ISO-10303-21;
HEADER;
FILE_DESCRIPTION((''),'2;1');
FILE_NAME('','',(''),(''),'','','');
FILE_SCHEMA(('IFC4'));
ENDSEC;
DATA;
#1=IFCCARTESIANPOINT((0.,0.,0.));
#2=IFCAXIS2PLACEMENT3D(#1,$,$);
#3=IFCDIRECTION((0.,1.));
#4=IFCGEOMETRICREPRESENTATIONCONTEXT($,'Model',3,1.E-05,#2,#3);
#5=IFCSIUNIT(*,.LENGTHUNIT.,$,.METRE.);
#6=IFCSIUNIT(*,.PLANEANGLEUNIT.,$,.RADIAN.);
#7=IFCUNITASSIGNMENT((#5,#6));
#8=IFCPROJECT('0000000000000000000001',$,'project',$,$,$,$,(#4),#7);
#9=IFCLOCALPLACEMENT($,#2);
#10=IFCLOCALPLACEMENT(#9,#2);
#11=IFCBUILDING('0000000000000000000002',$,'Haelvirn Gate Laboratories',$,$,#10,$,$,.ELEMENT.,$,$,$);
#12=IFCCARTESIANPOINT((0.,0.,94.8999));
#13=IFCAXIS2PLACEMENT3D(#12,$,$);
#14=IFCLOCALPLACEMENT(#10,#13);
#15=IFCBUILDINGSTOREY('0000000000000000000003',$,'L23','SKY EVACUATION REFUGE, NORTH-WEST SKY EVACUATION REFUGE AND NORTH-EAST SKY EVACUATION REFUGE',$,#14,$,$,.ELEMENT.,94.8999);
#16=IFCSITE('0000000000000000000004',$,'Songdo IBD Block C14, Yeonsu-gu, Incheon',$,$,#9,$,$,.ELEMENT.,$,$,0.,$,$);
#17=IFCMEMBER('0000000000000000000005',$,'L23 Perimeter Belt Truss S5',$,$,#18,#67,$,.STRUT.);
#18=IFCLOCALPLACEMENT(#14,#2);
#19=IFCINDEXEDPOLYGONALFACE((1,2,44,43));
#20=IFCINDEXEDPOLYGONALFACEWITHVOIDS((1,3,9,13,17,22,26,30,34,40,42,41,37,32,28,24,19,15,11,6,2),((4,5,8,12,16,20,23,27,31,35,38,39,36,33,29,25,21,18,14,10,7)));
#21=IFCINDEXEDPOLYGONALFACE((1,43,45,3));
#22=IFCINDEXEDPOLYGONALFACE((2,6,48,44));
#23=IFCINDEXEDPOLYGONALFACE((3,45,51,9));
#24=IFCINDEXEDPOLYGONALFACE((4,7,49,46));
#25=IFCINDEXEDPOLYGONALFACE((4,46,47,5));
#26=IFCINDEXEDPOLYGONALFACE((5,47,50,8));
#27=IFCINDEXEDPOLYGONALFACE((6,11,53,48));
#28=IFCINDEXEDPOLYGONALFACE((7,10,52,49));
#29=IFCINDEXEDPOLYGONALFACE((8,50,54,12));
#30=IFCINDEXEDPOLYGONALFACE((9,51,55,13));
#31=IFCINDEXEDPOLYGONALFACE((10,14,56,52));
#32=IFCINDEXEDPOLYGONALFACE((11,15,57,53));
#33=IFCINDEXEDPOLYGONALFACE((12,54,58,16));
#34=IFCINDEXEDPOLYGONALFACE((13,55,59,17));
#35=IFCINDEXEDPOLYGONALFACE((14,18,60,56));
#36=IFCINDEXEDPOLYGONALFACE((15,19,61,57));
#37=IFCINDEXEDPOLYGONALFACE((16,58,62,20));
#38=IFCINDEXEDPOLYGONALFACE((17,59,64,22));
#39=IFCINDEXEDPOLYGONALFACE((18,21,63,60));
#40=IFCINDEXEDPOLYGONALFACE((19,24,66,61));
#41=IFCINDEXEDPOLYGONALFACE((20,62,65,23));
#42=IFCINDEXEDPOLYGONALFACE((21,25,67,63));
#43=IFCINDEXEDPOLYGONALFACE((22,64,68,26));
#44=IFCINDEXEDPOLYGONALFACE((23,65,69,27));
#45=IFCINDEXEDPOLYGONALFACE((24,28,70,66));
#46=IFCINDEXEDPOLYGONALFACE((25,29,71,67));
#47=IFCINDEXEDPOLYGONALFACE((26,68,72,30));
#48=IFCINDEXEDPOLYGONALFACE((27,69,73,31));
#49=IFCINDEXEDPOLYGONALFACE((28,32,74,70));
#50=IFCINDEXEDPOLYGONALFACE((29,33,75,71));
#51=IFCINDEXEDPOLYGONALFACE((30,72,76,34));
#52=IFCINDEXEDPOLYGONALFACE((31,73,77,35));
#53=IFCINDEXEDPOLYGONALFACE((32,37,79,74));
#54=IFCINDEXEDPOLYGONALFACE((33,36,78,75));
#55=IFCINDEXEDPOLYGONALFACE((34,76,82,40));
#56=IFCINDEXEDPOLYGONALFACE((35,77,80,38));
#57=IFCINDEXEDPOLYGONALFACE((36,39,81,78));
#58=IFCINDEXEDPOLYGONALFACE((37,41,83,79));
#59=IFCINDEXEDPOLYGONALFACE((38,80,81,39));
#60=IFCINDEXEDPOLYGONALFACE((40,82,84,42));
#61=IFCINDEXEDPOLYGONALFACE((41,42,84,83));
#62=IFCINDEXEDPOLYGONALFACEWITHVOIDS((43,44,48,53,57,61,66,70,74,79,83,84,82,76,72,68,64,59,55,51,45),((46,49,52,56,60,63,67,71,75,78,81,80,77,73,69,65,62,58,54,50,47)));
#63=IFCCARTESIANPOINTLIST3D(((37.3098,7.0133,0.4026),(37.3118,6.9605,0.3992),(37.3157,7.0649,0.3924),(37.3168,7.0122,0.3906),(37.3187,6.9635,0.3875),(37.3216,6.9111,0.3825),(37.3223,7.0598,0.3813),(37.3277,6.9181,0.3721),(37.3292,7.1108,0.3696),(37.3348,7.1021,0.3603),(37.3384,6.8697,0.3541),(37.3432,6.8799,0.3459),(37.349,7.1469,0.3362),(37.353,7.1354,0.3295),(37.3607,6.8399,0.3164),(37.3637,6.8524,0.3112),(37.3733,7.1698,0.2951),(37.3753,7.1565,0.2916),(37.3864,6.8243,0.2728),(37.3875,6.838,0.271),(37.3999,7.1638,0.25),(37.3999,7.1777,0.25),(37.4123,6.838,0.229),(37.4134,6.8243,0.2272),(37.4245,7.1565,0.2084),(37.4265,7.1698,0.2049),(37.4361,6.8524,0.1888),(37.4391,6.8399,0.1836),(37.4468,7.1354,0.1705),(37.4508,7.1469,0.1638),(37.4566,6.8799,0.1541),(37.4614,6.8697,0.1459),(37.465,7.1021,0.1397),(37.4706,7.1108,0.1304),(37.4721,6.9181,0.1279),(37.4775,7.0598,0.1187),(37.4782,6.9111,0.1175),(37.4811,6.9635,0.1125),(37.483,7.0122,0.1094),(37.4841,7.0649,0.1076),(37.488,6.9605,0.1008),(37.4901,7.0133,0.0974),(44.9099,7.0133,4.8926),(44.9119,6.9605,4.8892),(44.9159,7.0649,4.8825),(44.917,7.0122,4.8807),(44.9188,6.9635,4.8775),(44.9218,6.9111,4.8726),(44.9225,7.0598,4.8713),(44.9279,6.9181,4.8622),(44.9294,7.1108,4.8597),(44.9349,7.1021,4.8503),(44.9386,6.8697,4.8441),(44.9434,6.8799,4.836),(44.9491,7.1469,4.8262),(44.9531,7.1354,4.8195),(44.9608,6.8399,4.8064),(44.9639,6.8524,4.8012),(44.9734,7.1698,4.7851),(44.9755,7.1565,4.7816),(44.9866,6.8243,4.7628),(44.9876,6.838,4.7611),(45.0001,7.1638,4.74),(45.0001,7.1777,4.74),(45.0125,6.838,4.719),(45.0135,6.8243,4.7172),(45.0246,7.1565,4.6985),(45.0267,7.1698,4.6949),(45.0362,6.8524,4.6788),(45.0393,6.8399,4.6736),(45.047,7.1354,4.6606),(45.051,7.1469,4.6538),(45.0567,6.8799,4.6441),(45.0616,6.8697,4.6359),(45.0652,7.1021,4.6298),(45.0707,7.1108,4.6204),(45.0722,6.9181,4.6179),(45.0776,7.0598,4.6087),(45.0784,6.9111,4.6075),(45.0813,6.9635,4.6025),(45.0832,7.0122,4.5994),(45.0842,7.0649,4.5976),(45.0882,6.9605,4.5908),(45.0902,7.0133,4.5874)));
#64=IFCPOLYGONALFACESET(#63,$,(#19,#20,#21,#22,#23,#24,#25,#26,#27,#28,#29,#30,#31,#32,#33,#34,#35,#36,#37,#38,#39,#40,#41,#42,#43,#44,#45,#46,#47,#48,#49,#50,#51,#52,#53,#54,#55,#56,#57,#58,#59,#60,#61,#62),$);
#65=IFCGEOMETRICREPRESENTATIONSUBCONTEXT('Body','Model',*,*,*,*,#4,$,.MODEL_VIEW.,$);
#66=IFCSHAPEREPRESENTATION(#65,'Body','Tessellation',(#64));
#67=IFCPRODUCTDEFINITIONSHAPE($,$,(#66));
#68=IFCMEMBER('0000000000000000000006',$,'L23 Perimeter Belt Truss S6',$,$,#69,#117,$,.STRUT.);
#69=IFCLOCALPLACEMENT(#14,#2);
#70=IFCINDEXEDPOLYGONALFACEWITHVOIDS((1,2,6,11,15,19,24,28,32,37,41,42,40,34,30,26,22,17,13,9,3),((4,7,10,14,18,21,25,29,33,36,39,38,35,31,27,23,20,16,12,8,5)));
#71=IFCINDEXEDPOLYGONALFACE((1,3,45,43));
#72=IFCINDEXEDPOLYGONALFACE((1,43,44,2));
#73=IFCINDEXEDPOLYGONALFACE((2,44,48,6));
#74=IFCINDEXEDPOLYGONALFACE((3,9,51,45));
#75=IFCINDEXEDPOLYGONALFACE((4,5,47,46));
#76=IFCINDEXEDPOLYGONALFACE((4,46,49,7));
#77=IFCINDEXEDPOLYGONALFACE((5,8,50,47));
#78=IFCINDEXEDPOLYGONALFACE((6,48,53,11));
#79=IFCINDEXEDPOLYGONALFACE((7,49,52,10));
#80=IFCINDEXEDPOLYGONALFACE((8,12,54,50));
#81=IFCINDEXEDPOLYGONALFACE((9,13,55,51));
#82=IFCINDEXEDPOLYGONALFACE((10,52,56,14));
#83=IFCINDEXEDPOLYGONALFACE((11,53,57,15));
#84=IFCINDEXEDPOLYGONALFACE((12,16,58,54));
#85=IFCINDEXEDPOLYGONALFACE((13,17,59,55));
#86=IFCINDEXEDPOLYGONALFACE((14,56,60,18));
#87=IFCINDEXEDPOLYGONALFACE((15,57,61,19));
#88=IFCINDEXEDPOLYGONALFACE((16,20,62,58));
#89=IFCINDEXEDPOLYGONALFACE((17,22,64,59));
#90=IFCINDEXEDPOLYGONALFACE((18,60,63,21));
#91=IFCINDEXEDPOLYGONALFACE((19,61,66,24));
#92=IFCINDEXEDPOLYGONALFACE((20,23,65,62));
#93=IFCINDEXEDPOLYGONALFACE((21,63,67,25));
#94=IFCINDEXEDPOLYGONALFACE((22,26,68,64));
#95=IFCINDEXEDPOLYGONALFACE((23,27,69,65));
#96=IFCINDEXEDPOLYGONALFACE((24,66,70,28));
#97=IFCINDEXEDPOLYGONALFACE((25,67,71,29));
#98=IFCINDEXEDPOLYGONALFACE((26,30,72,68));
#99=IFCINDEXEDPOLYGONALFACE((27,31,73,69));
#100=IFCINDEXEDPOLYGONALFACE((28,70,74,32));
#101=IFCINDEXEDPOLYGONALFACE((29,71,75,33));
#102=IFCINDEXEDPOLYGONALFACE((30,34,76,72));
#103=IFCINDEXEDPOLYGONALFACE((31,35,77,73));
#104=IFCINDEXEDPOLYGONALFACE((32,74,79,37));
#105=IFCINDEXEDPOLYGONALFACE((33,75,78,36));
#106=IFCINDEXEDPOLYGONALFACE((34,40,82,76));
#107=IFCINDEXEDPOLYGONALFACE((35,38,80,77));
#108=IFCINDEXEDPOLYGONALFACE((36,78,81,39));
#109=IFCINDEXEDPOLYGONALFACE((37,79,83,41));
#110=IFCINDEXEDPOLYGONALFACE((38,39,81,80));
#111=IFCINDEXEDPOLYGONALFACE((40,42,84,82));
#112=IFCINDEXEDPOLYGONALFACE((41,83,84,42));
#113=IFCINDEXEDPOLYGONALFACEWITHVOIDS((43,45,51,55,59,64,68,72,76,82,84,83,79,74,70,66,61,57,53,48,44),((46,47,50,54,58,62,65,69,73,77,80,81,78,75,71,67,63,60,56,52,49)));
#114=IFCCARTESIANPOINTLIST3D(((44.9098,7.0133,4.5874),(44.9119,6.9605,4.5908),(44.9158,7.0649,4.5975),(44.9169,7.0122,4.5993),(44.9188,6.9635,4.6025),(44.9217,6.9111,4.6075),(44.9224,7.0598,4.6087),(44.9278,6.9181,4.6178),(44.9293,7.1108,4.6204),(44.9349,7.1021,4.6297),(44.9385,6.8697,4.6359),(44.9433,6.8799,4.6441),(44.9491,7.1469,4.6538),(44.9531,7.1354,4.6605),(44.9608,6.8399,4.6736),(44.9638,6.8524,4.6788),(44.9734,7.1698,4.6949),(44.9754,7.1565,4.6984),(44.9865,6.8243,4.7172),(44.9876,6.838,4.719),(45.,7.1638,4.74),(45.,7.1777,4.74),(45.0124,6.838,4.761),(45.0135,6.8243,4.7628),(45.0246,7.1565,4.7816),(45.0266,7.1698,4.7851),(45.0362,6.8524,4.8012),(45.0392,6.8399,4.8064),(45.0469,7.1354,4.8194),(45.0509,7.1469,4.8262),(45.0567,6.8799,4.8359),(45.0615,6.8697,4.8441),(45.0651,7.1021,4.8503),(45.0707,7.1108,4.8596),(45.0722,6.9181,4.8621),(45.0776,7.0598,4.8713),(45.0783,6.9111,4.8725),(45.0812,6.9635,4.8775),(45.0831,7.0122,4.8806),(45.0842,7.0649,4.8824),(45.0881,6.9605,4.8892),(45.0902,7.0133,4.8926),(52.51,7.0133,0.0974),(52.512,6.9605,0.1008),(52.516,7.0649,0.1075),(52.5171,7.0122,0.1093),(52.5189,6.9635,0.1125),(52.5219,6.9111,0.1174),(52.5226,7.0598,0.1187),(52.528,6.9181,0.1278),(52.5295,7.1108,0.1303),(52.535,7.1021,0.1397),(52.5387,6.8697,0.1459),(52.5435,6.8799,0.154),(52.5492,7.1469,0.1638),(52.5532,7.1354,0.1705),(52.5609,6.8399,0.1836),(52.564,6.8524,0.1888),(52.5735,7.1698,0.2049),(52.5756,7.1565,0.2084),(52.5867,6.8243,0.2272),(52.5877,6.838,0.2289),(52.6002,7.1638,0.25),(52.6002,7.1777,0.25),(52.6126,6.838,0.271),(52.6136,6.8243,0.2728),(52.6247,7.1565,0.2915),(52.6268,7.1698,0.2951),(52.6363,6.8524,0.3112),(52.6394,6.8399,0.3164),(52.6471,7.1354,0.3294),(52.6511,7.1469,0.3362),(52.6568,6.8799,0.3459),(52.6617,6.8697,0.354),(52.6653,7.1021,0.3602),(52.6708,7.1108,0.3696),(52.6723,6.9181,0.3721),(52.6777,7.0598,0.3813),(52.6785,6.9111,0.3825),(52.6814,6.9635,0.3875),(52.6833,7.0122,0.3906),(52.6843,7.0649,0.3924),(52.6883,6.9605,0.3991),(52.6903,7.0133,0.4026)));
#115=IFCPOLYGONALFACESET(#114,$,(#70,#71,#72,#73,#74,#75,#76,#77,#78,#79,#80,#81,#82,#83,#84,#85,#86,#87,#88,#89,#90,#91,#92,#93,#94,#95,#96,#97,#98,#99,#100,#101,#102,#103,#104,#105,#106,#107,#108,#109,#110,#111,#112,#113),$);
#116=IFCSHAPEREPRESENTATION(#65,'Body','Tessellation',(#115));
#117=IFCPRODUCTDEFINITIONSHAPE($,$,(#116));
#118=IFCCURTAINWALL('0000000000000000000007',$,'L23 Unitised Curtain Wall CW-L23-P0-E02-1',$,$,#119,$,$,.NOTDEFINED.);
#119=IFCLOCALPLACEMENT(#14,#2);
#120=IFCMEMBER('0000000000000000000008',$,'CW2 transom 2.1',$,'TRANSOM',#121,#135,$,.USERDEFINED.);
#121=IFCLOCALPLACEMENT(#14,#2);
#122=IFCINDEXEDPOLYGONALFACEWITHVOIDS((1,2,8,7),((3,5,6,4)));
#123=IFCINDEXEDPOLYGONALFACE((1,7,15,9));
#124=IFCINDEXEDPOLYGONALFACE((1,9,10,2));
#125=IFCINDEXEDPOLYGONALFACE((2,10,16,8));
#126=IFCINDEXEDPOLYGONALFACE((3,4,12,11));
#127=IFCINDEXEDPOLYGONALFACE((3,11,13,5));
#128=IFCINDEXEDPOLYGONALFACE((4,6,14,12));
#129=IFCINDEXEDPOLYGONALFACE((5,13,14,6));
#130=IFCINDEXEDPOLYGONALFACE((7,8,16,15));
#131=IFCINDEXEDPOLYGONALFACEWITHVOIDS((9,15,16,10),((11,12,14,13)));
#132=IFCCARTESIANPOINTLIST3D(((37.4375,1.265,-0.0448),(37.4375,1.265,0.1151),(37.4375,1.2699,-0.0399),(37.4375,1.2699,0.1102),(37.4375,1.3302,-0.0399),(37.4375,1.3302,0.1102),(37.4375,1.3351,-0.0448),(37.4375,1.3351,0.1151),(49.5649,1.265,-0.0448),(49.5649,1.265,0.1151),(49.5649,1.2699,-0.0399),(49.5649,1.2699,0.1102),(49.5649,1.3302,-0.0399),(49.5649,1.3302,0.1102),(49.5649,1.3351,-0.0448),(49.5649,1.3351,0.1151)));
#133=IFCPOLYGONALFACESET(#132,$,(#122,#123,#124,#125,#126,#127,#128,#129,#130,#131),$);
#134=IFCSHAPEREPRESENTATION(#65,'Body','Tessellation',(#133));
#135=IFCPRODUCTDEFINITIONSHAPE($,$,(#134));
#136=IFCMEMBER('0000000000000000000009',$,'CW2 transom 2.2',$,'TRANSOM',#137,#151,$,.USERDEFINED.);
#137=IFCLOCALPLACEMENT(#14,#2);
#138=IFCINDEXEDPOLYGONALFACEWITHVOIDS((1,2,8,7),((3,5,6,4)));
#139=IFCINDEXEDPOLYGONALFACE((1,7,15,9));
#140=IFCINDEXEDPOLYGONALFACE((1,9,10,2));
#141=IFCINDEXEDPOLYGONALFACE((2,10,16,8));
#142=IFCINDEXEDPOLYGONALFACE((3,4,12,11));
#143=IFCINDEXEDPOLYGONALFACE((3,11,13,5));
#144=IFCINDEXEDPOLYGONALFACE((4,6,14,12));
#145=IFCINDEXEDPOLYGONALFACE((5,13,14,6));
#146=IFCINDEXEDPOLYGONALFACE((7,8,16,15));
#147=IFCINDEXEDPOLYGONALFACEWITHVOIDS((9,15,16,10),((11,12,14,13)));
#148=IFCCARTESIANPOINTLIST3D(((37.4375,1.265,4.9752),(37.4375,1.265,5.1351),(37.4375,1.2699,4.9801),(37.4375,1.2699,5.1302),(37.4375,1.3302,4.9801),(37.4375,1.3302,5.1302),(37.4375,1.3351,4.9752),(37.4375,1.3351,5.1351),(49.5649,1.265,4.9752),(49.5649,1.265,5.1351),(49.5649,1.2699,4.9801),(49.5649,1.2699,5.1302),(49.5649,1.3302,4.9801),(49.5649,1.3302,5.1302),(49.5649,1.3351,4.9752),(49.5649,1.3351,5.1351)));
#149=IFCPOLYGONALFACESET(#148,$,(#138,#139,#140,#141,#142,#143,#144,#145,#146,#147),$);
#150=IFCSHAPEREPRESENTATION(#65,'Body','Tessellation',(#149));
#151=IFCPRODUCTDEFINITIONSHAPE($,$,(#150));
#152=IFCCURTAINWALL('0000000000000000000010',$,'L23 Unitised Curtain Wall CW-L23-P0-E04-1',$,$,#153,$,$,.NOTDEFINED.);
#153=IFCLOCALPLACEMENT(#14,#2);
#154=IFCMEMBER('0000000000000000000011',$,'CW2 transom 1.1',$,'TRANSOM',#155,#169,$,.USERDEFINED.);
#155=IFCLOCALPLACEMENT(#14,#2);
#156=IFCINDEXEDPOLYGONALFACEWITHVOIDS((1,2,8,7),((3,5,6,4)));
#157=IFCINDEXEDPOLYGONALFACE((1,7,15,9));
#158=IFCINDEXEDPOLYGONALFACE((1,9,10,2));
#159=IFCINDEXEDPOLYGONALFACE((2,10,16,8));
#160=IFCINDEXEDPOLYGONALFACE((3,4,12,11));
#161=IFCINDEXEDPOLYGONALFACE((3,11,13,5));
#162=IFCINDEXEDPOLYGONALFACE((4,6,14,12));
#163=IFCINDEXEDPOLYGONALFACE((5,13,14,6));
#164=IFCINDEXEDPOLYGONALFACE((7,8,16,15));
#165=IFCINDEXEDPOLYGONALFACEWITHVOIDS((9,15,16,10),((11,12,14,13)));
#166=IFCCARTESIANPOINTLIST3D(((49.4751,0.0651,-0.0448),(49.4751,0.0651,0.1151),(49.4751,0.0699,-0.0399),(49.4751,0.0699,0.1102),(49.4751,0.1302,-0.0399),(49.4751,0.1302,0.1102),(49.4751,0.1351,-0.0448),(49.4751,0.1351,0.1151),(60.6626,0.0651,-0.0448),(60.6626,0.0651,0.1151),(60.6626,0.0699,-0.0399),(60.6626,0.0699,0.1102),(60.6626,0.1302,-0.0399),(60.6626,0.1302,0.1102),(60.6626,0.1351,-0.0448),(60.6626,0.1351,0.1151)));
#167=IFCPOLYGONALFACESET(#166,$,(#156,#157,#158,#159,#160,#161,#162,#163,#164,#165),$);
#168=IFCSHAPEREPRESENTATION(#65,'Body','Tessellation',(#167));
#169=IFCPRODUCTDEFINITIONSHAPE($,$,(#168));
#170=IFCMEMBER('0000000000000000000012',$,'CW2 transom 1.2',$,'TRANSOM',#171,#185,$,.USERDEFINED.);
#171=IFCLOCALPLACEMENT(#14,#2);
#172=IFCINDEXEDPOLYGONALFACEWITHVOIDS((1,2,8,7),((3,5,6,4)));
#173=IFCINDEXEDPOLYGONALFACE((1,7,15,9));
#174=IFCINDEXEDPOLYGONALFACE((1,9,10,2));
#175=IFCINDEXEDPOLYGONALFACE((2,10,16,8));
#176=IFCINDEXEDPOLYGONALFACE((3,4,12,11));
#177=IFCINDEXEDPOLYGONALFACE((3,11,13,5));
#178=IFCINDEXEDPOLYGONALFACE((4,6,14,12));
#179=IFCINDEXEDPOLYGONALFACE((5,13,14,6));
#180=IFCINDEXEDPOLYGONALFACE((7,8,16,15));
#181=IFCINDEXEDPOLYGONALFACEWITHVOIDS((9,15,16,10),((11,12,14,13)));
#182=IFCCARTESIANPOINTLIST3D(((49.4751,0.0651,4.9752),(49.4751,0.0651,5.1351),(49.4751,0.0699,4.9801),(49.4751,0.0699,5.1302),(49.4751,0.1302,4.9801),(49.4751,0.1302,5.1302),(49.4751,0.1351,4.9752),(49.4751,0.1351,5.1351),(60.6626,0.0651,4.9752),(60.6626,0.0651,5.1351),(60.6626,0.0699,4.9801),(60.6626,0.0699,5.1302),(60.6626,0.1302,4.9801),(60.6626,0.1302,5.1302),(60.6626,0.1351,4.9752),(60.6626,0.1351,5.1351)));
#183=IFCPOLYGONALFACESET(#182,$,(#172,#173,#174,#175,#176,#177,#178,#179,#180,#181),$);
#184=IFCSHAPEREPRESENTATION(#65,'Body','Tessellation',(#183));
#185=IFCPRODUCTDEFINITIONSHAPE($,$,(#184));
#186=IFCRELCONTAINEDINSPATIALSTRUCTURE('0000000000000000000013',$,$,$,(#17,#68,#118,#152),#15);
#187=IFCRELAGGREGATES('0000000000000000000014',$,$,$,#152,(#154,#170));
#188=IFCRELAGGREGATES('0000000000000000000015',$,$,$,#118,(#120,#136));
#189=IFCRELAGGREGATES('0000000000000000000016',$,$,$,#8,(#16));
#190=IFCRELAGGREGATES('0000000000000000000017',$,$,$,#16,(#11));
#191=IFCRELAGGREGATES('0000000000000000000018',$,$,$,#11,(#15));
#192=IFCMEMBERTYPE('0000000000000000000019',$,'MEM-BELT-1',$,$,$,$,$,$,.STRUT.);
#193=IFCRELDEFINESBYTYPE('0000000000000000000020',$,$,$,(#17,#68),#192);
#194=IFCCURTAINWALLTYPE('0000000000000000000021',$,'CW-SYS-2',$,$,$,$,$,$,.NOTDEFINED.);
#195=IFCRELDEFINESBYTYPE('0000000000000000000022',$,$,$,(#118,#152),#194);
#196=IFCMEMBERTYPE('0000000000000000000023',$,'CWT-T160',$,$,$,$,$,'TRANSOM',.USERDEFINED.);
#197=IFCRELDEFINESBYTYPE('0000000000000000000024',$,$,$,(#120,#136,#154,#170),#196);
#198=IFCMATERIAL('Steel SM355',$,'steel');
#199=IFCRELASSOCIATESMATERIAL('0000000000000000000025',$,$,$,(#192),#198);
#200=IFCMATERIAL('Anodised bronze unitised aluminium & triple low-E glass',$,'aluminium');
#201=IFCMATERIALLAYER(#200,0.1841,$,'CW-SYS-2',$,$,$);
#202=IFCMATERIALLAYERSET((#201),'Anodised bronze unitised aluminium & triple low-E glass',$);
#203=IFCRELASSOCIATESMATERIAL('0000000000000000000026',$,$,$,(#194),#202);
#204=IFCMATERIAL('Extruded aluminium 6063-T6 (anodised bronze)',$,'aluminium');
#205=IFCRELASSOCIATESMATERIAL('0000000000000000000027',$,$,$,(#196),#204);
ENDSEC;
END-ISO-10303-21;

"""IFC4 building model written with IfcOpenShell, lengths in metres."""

from ifc_helpers import new_model, si_unit, direction, frame, origin, origin_2d, place, context, subcontext, project, spatial, hollow_rectangle, hollow_circle, extrude, source, transform, mapped, material, layer, layer_set, material_profile, profile_set, type_object, type_shapes, element, aggregate, save


model = new_model("IFC4")

# Units and contexts
model_context = context("Model", 3, precision=1e-05, world=origin(), true_north=direction((0.0, 1.0)))
body_context = subcontext(model_context, "Body", "Model", "MODEL_VIEW")
ifc_project = project(units=[si_unit("LENGTHUNIT", "METRE"), si_unit("PLANEANGLEUNIT", "RADIAN")], contexts=[model_context])

# Site, building, storey
site_placement = place(None, origin())
site = spatial("IfcSite", under=ifc_project, at=site_placement, Name="Songdo IBD Block C14, Yeonsu-gu, Incheon", CompositionType="ELEMENT", RefElevation=0.0)
building_placement = place(site_placement, origin())
building = spatial("IfcBuilding", under=site, at=building_placement, Name="Haelvirn Gate Laboratories", CompositionType="ELEMENT")
storey_placement = place(building_placement, frame((0.0, 0.0, 94.8999)))
storey = spatial("IfcBuildingStorey", under=building, at=storey_placement, Name="L23", Description="SKY EVACUATION REFUGE, NORTH-WEST SKY EVACUATION REFUGE AND NORTH-EAST SKY EVACUATION REFUGE", CompositionType="ELEMENT", Elevation=94.8999)

# Shared definitions
ifc_material_1 = material(Name="Steel SM355", Category="steel")

# Members
ifc_material_profile_1 = material_profile(ifc_material_1, hollow_circle(Radius=0.1777, WallThickness=0.0139, at=origin_2d()), Name="CHS-355x14")
ifc_profile_set_1 = profile_set([ifc_material_profile_1], Name="Steel SM355")
member_type_1 = type_object("IfcMemberType", Name="MEM-BELT-1", PredefinedType="STRUT", material=ifc_profile_set_1)
shared_shape_1 = source(origin(), body_context, "Body", "SweptSolid", [
    extrude(hollow_circle(Radius=0.1777, WallThickness=0.0139, at=origin_2d()), origin(), (0.0, 0.0, 1.0), 8.8274),
])
type_shapes(member_type_1, [shared_shape_1])
for number, where, z_axis, x_axis, name in (
    (1, (37.3999, 7.0, 0.25), (0.860975, 0.0, 0.508647), (0.0, 1.0, 0.0), "L23 Perimeter Belt Truss S5"),
    (2, (45.0, 7.0, 4.74), (0.860975, 0.0, -0.508647), (0.0, 1.0, 0.0), "L23 Perimeter Belt Truss S6"),
):
    element("IfcMember", number, at=place(storey_placement, frame(where, z_axis=z_axis, x_axis=x_axis)), inside=storey, type_object=member_type_1, Name=name, PredefinedType="STRUT", context=body_context, shape_type="MappedRepresentation", body=[
        mapped(shared_shape_1, transform((0.0, 0.0, 0.0), scale=1.0)),
    ])

# Curtain walls, members
ifc_material_2 = material(Name="Anodised bronze unitised aluminium & triple low-E glass", Category="aluminium")
ifc_layer_1 = layer(ifc_material_2, 0.1841, Name="CW-SYS-2")
ifc_layer_set_1 = layer_set([ifc_layer_1], Name="Anodised bronze unitised aluminium & triple low-E glass")
curtain_wall_type = type_object("IfcCurtainWallType", Name="CW-SYS-2", PredefinedType="NOTDEFINED", material=ifc_layer_set_1)
curtain_wall_1_placement = place(storey_placement, origin())
curtain_wall_1 = element("IfcCurtainWall", 3, at=curtain_wall_1_placement, inside=storey, type_object=curtain_wall_type, Name="L23 Unitised Curtain Wall CW-L23-P0-E02-1", PredefinedType="NOTDEFINED")
ifc_material_3 = material(Name="Extruded aluminium 6063-T6 (anodised bronze)", Category="aluminium")
ifc_material_profile_2 = material_profile(ifc_material_3, hollow_rectangle(XDim=0.0701, YDim=0.1599, WallThickness=0.0049, at=origin_2d()), Name="CWT-160x70x5")
ifc_profile_set_2 = profile_set([ifc_material_profile_2], Name="Extruded aluminium 6063-T6 (anodised bronze)")
member_type_2 = type_object("IfcMemberType", Name="CWT-T160", ElementType="TRANSOM", PredefinedType="USERDEFINED", material=ifc_profile_set_2)
shared_shape_2 = source(origin(), body_context, "Body", "SweptSolid", [
    extrude(hollow_rectangle(XDim=0.0701, YDim=0.1599, WallThickness=0.0049, at=origin_2d()), origin(), (0.0, 0.0, 1.0), 12.1274),
])
member_1_placement = place(storey_placement, frame((37.4375, 1.3, 0.0352), z_axis=(1.0, 0.0, 0.0), x_axis=(0.0, 1.0, 0.0)))
member_1 = element("IfcMember", 4, at=member_1_placement, type_object=member_type_2, Name="CW2 transom 2.1", ObjectType="TRANSOM", PredefinedType="USERDEFINED", context=body_context, shape_type="MappedRepresentation", body=[
    mapped(shared_shape_2, transform((0.0, 0.0, 0.0), scale=1.0)),
])
member_2_placement = place(storey_placement, frame((37.4375, 1.3, 5.0552), z_axis=(1.0, 0.0, 0.0), x_axis=(0.0, 1.0, 0.0)))
member_2 = element("IfcMember", 5, at=member_2_placement, type_object=member_type_2, Name="CW2 transom 2.2", ObjectType="TRANSOM", PredefinedType="USERDEFINED", context=body_context, shape_type="MappedRepresentation", body=[
    mapped(shared_shape_2, transform((0.0, 0.0, 0.0), scale=1.0)),
])
curtain_wall_2_placement = place(storey_placement, origin())
curtain_wall_2 = element("IfcCurtainWall", 6, at=curtain_wall_2_placement, inside=storey, type_object=curtain_wall_type, Name="L23 Unitised Curtain Wall CW-L23-P0-E04-1", PredefinedType="NOTDEFINED")
shared_shape_3 = source(origin(), body_context, "Body", "SweptSolid", [
    extrude(hollow_rectangle(XDim=0.0701, YDim=0.1599, WallThickness=0.0049, at=origin_2d()), origin(), (0.0, 0.0, 1.0), 11.1875),
])
type_shapes(member_type_2, [shared_shape_2, shared_shape_3])
member_3_placement = place(storey_placement, frame((49.4751, 0.1001, 0.0352), z_axis=(1.0, 0.0, 0.0), x_axis=(0.0, 1.0, 0.0)))
member_3 = element("IfcMember", 7, at=member_3_placement, type_object=member_type_2, Name="CW2 transom 1.1", ObjectType="TRANSOM", PredefinedType="USERDEFINED", context=body_context, shape_type="MappedRepresentation", body=[
    mapped(shared_shape_3, transform((0.0, 0.0, 0.0), scale=1.0)),
])
member_4_placement = place(storey_placement, frame((49.4751, 0.1001, 5.0552), z_axis=(1.0, 0.0, 0.0), x_axis=(0.0, 1.0, 0.0)))
member_4 = element("IfcMember", 8, at=member_4_placement, type_object=member_type_2, Name="CW2 transom 1.2", ObjectType="TRANSOM", PredefinedType="USERDEFINED", context=body_context, shape_type="MappedRepresentation", body=[
    mapped(shared_shape_3, transform((0.0, 0.0, 0.0), scale=1.0)),
])

aggregate(curtain_wall_2, [member_3, member_4])
aggregate(curtain_wall_1, [member_1, member_2])

save(model, "model.ifc")
